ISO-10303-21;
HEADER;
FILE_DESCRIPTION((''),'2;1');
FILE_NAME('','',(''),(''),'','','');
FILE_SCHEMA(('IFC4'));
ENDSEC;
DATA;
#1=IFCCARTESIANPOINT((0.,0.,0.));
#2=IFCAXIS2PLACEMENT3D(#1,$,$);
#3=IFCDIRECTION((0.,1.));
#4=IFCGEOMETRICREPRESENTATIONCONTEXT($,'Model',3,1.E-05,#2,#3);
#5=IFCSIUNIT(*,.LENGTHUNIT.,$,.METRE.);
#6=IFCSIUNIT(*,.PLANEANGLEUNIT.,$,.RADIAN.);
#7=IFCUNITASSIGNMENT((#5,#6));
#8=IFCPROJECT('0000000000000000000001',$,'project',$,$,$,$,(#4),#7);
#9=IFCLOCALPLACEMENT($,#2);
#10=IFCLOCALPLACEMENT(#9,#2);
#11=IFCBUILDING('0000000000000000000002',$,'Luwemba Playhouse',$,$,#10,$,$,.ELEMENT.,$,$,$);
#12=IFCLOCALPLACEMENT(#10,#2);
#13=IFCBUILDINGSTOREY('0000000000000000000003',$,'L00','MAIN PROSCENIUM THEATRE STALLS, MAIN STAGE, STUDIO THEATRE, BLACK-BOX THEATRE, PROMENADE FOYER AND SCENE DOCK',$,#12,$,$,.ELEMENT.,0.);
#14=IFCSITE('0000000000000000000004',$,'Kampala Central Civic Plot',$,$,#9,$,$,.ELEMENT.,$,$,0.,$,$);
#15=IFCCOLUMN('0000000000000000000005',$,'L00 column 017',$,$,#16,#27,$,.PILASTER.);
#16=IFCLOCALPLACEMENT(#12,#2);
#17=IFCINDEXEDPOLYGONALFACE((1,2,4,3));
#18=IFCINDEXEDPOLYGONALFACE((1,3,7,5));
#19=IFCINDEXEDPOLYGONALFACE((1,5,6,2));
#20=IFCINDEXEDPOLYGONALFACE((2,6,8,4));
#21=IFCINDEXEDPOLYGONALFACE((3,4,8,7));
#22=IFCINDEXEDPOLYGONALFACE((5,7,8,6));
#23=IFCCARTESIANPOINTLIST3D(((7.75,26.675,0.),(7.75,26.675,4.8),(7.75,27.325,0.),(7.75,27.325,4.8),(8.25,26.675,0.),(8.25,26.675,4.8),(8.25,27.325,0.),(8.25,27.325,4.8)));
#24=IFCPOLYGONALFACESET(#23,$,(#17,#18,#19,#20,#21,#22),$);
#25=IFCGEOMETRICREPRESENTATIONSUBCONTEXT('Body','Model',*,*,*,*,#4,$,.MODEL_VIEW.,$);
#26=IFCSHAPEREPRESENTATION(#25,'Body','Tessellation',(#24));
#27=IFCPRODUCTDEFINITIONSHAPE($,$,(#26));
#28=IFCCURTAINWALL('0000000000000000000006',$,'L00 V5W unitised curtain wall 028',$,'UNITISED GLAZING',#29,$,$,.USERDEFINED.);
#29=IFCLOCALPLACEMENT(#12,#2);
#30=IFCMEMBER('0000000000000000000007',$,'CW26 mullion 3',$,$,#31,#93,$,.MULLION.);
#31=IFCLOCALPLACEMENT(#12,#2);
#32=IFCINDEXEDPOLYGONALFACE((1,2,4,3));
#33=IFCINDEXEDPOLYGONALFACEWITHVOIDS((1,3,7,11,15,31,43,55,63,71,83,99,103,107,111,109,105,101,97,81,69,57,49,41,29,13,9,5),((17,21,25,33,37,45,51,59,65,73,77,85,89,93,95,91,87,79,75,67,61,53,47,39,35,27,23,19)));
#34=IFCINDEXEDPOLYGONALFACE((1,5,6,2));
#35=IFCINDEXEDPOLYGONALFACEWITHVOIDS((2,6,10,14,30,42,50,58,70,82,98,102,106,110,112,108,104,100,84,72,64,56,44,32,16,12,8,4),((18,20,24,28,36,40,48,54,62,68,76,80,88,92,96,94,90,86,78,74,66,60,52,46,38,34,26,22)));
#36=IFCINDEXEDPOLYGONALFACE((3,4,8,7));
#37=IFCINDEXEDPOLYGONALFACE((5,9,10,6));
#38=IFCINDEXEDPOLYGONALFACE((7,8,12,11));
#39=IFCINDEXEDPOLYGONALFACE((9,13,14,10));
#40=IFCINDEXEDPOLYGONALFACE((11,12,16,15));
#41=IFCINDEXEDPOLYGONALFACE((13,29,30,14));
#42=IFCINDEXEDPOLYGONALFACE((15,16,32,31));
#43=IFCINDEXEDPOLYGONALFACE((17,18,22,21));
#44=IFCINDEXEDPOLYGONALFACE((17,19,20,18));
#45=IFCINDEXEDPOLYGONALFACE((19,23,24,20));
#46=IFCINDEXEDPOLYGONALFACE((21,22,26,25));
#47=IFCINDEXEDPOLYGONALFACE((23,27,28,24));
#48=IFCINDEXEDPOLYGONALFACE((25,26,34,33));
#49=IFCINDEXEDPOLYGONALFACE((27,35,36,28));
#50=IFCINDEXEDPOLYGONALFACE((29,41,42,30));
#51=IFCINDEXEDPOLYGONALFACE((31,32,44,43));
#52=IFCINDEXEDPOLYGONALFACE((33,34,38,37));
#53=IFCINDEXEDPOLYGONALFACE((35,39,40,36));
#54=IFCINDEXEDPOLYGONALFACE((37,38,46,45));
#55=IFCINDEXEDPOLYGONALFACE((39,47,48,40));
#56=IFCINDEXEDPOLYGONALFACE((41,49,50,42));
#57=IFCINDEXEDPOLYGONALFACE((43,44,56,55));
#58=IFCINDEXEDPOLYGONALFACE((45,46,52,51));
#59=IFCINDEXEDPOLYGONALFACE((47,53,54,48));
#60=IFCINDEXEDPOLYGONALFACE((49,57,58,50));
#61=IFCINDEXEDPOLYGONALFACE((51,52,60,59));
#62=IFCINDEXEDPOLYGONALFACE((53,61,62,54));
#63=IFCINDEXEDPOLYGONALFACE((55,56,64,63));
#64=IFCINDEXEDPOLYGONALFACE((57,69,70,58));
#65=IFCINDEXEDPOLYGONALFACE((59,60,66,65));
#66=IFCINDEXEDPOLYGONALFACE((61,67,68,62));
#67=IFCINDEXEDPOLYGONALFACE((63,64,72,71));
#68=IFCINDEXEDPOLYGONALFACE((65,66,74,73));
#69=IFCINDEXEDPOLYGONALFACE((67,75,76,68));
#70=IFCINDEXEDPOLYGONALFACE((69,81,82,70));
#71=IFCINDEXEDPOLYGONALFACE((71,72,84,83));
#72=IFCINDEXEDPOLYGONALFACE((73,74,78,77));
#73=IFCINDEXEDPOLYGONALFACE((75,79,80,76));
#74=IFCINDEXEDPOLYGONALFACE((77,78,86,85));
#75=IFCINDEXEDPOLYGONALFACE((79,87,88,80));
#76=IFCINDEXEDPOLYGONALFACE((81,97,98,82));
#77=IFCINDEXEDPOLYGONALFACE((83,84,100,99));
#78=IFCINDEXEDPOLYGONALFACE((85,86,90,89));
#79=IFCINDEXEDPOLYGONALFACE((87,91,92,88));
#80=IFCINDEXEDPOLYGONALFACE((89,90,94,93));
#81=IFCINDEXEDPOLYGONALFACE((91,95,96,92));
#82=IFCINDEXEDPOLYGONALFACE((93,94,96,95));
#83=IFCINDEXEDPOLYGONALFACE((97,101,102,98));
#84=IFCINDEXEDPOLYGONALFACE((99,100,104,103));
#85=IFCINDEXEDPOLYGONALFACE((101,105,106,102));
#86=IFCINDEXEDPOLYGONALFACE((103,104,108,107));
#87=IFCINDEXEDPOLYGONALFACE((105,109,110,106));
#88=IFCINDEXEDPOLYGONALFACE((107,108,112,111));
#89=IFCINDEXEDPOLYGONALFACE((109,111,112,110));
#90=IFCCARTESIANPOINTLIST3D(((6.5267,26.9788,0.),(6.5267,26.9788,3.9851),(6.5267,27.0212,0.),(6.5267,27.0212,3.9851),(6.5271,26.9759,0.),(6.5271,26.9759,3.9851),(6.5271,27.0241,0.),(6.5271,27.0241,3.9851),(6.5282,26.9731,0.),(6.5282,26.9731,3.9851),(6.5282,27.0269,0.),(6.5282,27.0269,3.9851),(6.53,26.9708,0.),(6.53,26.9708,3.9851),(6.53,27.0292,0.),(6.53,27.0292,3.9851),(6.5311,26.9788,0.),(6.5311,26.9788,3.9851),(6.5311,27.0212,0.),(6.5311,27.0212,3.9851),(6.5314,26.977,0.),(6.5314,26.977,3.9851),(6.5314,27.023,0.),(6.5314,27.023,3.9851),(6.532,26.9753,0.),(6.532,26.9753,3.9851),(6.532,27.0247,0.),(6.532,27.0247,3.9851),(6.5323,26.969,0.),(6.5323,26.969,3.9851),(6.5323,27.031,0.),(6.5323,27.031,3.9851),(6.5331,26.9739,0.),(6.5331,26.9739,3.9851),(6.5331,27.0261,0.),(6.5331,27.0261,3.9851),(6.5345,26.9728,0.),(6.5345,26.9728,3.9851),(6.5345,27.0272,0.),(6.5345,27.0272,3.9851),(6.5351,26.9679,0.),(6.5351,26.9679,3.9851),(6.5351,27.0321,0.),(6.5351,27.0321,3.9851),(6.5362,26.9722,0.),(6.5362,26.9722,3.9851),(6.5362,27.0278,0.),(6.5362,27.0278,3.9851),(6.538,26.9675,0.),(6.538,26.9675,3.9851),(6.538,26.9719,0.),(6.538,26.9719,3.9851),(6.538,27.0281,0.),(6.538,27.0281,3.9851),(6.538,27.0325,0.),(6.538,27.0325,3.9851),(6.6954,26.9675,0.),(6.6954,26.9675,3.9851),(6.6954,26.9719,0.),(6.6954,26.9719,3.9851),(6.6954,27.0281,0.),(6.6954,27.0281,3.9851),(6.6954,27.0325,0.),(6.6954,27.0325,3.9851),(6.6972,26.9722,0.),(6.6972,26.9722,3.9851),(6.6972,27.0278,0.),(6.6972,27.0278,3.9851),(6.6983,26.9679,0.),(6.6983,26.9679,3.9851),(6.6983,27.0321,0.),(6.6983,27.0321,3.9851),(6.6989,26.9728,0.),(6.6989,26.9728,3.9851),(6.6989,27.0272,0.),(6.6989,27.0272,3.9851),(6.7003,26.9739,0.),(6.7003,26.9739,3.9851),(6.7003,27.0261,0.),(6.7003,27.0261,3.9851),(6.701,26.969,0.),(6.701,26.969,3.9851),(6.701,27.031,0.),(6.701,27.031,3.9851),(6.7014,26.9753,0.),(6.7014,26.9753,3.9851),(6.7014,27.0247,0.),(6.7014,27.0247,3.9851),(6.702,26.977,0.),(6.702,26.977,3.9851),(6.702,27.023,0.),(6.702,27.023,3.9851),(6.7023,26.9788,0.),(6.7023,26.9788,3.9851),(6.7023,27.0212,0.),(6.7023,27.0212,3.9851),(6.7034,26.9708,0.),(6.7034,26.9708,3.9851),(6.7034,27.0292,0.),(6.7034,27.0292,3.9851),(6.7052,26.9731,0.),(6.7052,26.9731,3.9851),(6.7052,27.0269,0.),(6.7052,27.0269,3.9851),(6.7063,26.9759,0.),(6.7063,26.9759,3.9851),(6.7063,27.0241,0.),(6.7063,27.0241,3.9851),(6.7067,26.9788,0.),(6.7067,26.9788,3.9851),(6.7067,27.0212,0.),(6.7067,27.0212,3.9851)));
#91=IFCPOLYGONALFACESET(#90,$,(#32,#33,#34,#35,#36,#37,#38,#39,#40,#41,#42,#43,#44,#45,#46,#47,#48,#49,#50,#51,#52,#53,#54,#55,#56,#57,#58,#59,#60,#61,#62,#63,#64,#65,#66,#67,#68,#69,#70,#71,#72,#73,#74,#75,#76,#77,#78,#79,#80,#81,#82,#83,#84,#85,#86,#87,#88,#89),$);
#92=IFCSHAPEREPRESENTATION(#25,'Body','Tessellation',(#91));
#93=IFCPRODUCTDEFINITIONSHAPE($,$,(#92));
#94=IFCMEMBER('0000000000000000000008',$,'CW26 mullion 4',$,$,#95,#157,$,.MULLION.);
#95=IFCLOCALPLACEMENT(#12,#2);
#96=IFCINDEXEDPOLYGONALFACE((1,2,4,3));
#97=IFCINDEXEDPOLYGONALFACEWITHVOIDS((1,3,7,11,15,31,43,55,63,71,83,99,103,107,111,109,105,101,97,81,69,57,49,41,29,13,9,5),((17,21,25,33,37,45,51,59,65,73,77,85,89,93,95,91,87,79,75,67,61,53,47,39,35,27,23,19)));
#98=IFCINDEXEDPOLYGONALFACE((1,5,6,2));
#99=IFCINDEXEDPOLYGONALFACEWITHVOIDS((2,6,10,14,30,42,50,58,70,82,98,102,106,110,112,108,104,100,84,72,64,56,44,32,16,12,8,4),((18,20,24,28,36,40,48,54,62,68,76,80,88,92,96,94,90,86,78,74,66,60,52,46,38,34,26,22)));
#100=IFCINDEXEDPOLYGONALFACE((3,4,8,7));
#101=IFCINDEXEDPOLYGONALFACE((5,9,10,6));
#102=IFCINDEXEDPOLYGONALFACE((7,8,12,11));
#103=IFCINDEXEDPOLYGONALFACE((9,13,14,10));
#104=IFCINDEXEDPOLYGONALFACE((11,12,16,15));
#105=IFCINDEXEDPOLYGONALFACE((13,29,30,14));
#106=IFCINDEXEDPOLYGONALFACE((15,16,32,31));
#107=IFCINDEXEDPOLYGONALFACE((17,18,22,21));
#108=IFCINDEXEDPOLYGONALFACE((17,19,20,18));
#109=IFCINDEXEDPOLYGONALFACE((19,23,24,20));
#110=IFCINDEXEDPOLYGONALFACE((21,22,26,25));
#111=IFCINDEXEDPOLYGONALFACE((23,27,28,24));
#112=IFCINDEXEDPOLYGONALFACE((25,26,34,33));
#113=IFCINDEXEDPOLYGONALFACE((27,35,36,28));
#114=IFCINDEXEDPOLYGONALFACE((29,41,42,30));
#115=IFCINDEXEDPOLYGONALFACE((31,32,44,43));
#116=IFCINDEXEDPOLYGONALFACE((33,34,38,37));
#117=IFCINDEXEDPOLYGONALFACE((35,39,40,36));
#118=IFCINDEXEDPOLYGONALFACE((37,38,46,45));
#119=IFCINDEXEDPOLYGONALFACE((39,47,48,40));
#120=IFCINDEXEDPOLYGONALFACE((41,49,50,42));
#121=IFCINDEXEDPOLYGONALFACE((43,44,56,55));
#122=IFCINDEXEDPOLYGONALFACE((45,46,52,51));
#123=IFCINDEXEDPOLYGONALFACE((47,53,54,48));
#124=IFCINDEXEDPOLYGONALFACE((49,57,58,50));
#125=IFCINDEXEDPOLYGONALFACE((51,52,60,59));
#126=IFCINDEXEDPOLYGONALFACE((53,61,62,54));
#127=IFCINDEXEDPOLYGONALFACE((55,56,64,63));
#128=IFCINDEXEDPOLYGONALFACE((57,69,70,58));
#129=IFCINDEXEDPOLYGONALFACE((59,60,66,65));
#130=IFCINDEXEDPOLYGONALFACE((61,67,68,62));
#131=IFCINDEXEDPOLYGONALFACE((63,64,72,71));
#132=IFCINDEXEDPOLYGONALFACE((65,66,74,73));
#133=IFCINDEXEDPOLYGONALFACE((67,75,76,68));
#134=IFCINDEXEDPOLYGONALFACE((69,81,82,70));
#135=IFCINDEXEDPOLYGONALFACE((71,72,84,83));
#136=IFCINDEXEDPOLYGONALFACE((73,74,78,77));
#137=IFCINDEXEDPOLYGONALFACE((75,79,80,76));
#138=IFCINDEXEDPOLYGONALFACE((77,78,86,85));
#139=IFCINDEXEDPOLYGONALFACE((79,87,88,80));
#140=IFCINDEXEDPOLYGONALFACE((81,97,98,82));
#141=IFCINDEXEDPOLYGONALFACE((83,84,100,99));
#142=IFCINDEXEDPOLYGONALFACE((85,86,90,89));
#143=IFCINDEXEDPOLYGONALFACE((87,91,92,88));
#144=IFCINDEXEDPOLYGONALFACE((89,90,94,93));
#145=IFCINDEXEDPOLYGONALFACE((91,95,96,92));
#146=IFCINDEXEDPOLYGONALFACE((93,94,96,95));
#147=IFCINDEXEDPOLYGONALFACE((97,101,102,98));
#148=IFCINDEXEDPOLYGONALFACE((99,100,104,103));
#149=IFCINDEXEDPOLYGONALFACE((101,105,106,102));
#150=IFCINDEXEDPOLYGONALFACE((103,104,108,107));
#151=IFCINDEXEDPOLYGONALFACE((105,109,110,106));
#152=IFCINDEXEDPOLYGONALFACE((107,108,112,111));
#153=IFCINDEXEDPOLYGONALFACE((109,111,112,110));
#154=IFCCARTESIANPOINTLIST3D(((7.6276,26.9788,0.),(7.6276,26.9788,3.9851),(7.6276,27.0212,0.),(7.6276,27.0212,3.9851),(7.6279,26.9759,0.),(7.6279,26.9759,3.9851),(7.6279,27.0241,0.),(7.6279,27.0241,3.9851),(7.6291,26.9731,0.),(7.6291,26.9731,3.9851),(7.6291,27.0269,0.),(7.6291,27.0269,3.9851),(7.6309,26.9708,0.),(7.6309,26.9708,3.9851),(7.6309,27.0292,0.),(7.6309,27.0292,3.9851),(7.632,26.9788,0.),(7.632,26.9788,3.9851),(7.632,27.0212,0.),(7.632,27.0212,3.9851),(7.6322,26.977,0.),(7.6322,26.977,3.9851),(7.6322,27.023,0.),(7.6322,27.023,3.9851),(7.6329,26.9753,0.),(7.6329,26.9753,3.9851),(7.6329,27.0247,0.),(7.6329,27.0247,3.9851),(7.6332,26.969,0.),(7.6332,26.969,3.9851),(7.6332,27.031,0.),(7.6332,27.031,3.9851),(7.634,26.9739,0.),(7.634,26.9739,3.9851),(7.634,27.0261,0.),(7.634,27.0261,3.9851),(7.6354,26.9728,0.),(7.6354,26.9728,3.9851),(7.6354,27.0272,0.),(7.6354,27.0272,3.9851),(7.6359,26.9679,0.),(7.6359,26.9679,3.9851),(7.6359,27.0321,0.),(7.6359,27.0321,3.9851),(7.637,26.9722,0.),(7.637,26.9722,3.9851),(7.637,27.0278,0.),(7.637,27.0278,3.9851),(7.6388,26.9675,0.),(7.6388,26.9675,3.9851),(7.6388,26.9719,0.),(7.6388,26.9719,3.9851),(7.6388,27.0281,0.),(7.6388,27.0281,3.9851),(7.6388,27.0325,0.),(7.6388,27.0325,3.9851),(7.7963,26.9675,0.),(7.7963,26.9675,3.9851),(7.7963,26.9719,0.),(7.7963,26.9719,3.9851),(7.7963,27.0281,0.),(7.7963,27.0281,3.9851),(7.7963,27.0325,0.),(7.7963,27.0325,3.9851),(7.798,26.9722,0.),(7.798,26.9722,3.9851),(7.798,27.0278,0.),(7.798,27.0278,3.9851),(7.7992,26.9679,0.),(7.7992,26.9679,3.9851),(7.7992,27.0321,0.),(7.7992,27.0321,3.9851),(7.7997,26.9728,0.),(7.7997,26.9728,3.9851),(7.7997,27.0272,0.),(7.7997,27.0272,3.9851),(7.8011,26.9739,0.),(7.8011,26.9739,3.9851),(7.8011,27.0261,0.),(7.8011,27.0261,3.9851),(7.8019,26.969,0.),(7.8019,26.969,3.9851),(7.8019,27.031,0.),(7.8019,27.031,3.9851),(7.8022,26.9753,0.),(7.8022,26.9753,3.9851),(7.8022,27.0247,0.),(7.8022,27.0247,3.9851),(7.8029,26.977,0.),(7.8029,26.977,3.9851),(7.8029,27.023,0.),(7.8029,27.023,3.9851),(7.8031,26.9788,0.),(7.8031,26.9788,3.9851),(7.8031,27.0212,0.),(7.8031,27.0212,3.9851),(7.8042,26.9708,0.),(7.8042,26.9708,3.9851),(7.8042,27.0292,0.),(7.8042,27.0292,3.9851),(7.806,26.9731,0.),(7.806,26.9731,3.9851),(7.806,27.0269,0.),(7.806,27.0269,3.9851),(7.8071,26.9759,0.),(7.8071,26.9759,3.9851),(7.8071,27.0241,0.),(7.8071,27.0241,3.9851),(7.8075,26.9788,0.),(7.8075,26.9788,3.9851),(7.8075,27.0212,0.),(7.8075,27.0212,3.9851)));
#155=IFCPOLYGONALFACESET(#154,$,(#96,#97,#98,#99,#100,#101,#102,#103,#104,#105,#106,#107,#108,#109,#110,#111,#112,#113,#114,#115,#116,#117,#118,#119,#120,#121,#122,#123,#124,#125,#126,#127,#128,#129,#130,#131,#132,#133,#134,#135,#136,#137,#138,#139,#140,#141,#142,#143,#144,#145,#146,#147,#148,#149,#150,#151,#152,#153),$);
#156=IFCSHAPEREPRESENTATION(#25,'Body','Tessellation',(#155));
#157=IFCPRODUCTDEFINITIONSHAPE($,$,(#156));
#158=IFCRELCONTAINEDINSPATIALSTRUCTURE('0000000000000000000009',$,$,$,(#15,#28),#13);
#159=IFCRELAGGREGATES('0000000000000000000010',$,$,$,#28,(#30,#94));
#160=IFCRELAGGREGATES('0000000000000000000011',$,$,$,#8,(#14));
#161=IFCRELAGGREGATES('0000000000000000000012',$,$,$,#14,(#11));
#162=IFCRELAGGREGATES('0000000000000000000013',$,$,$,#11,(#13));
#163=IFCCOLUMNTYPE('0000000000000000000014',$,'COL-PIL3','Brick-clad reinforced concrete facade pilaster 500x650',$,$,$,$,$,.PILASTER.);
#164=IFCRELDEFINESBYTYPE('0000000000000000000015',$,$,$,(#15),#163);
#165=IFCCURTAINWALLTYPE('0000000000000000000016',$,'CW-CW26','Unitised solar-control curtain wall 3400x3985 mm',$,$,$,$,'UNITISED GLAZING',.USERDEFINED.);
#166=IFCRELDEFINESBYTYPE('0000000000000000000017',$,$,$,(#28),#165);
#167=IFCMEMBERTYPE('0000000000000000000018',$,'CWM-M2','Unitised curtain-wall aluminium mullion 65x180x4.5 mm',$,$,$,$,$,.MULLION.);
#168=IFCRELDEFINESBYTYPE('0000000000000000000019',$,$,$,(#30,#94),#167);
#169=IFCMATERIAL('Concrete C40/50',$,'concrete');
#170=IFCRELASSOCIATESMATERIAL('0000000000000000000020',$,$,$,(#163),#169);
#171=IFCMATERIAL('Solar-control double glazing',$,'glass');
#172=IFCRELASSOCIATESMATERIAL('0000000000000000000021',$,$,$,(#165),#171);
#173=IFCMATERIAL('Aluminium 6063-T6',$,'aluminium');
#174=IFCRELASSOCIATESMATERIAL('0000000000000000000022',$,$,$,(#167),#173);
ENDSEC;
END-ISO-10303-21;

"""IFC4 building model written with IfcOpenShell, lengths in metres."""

from ifc_helpers import new_model, si_unit, direction, frame, origin, origin_2d, place, context, subcontext, project, spatial, rectangle, hollow_rectangle, extrude, material, material_profile, profile_set, type_object, element, aggregate, save


model = new_model("IFC4")

# Units and contexts
model_context = context("Model", 3, precision=1e-05, world=origin(), true_north=direction((0.0, 1.0)))
body_context = subcontext(model_context, "Body", "Model", "MODEL_VIEW")
ifc_project = project(units=[si_unit("LENGTHUNIT", "METRE"), si_unit("PLANEANGLEUNIT", "RADIAN")], contexts=[model_context])

# Site, building, storey
site_placement = place(None, origin())
site = spatial("IfcSite", under=ifc_project, at=site_placement, Name="Kampala Central Civic Plot", CompositionType="ELEMENT", RefElevation=0.0)
building_placement = place(site_placement, origin())
building = spatial("IfcBuilding", under=site, at=building_placement, Name="Luwemba Playhouse", CompositionType="ELEMENT")
storey_placement = place(building_placement, origin())
storey = spatial("IfcBuildingStorey", under=building, at=storey_placement, Name="L00", Description="MAIN PROSCENIUM THEATRE STALLS, MAIN STAGE, STUDIO THEATRE, BLACK-BOX THEATRE, PROMENADE FOYER AND SCENE DOCK", CompositionType="ELEMENT", Elevation=0.0)

# Column
ifc_material_1 = material(Name="Concrete C40/50", Category="concrete")
ifc_material_profile_1 = material_profile(ifc_material_1, rectangle(XDim=0.5, YDim=0.6499, at=origin_2d()))
ifc_profile_set_1 = profile_set([ifc_material_profile_1], Name="Concrete C40/50")
column_type = type_object("IfcColumnType", Name="COL-PIL3", Description="Brick-clad reinforced concrete facade pilaster 500x650", PredefinedType="PILASTER", material=ifc_profile_set_1)
column_placement = place(storey_placement, frame((8.0, 27.0, 0.0), z_axis=(0.0, 0.0, 1.0), x_axis=(1.0, 0.0, 0.0)))
element("IfcColumn", 1, at=column_placement, inside=storey, type_object=column_type, Name="L00 column 017", PredefinedType="PILASTER", context=body_context, shape_type="SweptSolid", body=[
    extrude(rectangle(XDim=0.5, YDim=0.6499, at=origin_2d()), origin(), (0.0, 0.0, 1.0), 4.8),
])

# Curtain wall, members
ifc_material_2 = material(Name="Solar-control double glazing", Category="glass")
curtain_wall_type_1 = type_object("IfcCurtainWallType", Name="CW-CW26", Description="Unitised solar-control curtain wall 3400x3985 mm", ElementType="UNITISED GLAZING", PredefinedType="USERDEFINED", material=ifc_material_2)
curtain_wall_1_placement = place(storey_placement, origin())
curtain_wall_1 = element("IfcCurtainWall", 2, at=curtain_wall_1_placement, inside=storey, type_object=curtain_wall_type_1, Name="L00 V5W unitised curtain wall 028", ObjectType="UNITISED GLAZING", PredefinedType="USERDEFINED")
ifc_material_3 = material(Name="Aluminium 6063-T6", Category="aluminium")
ifc_material_profile_2 = material_profile(ifc_material_3, hollow_rectangle(XDim=0.0649, YDim=0.1799, WallThickness=0.0044, InnerFilletRadius=0.0068, OuterFilletRadius=0.0112, at=origin_2d()))
ifc_profile_set_2 = profile_set([ifc_material_profile_2], Name="Aluminium 6063-T6")
member_type_1 = type_object("IfcMemberType", Name="CWM-M2", Description="Unitised curtain-wall aluminium mullion 65x180x4.5 mm", PredefinedType="MULLION", material=ifc_profile_set_2)
member_1_placement = place(storey_placement, frame((6.6167, 27.0, 0.0), z_axis=(0.0, 0.0, 1.0), x_axis=(0.0, 1.0, 0.0)))
member_1 = element("IfcMember", 3, at=member_1_placement, type_object=member_type_1, Name="CW26 mullion 3", PredefinedType="MULLION", context=body_context, shape_type="SweptSolid", body=[
    extrude(hollow_rectangle(XDim=0.0649, YDim=0.1799, WallThickness=0.0044, InnerFilletRadius=0.0068, OuterFilletRadius=0.0112, at=origin_2d()), origin(), (0.0, 0.0, 1.0), 3.9851),
])
member_2_placement = place(storey_placement, frame((7.7175, 27.0, 0.0), z_axis=(0.0, 0.0, 1.0), x_axis=(0.0, 1.0, 0.0)))
member_2 = element("IfcMember", 4, at=member_2_placement, type_object=member_type_1, Name="CW26 mullion 4", PredefinedType="MULLION", context=body_context, shape_type="SweptSolid", body=[
    extrude(hollow_rectangle(XDim=0.0649, YDim=0.1799, WallThickness=0.0044, InnerFilletRadius=0.0068, OuterFilletRadius=0.0112, at=origin_2d()), origin(), (0.0, 0.0, 1.0), 3.9851),
])

aggregate(curtain_wall_1, [member_1, member_2])

save(model, "model.ifc")
